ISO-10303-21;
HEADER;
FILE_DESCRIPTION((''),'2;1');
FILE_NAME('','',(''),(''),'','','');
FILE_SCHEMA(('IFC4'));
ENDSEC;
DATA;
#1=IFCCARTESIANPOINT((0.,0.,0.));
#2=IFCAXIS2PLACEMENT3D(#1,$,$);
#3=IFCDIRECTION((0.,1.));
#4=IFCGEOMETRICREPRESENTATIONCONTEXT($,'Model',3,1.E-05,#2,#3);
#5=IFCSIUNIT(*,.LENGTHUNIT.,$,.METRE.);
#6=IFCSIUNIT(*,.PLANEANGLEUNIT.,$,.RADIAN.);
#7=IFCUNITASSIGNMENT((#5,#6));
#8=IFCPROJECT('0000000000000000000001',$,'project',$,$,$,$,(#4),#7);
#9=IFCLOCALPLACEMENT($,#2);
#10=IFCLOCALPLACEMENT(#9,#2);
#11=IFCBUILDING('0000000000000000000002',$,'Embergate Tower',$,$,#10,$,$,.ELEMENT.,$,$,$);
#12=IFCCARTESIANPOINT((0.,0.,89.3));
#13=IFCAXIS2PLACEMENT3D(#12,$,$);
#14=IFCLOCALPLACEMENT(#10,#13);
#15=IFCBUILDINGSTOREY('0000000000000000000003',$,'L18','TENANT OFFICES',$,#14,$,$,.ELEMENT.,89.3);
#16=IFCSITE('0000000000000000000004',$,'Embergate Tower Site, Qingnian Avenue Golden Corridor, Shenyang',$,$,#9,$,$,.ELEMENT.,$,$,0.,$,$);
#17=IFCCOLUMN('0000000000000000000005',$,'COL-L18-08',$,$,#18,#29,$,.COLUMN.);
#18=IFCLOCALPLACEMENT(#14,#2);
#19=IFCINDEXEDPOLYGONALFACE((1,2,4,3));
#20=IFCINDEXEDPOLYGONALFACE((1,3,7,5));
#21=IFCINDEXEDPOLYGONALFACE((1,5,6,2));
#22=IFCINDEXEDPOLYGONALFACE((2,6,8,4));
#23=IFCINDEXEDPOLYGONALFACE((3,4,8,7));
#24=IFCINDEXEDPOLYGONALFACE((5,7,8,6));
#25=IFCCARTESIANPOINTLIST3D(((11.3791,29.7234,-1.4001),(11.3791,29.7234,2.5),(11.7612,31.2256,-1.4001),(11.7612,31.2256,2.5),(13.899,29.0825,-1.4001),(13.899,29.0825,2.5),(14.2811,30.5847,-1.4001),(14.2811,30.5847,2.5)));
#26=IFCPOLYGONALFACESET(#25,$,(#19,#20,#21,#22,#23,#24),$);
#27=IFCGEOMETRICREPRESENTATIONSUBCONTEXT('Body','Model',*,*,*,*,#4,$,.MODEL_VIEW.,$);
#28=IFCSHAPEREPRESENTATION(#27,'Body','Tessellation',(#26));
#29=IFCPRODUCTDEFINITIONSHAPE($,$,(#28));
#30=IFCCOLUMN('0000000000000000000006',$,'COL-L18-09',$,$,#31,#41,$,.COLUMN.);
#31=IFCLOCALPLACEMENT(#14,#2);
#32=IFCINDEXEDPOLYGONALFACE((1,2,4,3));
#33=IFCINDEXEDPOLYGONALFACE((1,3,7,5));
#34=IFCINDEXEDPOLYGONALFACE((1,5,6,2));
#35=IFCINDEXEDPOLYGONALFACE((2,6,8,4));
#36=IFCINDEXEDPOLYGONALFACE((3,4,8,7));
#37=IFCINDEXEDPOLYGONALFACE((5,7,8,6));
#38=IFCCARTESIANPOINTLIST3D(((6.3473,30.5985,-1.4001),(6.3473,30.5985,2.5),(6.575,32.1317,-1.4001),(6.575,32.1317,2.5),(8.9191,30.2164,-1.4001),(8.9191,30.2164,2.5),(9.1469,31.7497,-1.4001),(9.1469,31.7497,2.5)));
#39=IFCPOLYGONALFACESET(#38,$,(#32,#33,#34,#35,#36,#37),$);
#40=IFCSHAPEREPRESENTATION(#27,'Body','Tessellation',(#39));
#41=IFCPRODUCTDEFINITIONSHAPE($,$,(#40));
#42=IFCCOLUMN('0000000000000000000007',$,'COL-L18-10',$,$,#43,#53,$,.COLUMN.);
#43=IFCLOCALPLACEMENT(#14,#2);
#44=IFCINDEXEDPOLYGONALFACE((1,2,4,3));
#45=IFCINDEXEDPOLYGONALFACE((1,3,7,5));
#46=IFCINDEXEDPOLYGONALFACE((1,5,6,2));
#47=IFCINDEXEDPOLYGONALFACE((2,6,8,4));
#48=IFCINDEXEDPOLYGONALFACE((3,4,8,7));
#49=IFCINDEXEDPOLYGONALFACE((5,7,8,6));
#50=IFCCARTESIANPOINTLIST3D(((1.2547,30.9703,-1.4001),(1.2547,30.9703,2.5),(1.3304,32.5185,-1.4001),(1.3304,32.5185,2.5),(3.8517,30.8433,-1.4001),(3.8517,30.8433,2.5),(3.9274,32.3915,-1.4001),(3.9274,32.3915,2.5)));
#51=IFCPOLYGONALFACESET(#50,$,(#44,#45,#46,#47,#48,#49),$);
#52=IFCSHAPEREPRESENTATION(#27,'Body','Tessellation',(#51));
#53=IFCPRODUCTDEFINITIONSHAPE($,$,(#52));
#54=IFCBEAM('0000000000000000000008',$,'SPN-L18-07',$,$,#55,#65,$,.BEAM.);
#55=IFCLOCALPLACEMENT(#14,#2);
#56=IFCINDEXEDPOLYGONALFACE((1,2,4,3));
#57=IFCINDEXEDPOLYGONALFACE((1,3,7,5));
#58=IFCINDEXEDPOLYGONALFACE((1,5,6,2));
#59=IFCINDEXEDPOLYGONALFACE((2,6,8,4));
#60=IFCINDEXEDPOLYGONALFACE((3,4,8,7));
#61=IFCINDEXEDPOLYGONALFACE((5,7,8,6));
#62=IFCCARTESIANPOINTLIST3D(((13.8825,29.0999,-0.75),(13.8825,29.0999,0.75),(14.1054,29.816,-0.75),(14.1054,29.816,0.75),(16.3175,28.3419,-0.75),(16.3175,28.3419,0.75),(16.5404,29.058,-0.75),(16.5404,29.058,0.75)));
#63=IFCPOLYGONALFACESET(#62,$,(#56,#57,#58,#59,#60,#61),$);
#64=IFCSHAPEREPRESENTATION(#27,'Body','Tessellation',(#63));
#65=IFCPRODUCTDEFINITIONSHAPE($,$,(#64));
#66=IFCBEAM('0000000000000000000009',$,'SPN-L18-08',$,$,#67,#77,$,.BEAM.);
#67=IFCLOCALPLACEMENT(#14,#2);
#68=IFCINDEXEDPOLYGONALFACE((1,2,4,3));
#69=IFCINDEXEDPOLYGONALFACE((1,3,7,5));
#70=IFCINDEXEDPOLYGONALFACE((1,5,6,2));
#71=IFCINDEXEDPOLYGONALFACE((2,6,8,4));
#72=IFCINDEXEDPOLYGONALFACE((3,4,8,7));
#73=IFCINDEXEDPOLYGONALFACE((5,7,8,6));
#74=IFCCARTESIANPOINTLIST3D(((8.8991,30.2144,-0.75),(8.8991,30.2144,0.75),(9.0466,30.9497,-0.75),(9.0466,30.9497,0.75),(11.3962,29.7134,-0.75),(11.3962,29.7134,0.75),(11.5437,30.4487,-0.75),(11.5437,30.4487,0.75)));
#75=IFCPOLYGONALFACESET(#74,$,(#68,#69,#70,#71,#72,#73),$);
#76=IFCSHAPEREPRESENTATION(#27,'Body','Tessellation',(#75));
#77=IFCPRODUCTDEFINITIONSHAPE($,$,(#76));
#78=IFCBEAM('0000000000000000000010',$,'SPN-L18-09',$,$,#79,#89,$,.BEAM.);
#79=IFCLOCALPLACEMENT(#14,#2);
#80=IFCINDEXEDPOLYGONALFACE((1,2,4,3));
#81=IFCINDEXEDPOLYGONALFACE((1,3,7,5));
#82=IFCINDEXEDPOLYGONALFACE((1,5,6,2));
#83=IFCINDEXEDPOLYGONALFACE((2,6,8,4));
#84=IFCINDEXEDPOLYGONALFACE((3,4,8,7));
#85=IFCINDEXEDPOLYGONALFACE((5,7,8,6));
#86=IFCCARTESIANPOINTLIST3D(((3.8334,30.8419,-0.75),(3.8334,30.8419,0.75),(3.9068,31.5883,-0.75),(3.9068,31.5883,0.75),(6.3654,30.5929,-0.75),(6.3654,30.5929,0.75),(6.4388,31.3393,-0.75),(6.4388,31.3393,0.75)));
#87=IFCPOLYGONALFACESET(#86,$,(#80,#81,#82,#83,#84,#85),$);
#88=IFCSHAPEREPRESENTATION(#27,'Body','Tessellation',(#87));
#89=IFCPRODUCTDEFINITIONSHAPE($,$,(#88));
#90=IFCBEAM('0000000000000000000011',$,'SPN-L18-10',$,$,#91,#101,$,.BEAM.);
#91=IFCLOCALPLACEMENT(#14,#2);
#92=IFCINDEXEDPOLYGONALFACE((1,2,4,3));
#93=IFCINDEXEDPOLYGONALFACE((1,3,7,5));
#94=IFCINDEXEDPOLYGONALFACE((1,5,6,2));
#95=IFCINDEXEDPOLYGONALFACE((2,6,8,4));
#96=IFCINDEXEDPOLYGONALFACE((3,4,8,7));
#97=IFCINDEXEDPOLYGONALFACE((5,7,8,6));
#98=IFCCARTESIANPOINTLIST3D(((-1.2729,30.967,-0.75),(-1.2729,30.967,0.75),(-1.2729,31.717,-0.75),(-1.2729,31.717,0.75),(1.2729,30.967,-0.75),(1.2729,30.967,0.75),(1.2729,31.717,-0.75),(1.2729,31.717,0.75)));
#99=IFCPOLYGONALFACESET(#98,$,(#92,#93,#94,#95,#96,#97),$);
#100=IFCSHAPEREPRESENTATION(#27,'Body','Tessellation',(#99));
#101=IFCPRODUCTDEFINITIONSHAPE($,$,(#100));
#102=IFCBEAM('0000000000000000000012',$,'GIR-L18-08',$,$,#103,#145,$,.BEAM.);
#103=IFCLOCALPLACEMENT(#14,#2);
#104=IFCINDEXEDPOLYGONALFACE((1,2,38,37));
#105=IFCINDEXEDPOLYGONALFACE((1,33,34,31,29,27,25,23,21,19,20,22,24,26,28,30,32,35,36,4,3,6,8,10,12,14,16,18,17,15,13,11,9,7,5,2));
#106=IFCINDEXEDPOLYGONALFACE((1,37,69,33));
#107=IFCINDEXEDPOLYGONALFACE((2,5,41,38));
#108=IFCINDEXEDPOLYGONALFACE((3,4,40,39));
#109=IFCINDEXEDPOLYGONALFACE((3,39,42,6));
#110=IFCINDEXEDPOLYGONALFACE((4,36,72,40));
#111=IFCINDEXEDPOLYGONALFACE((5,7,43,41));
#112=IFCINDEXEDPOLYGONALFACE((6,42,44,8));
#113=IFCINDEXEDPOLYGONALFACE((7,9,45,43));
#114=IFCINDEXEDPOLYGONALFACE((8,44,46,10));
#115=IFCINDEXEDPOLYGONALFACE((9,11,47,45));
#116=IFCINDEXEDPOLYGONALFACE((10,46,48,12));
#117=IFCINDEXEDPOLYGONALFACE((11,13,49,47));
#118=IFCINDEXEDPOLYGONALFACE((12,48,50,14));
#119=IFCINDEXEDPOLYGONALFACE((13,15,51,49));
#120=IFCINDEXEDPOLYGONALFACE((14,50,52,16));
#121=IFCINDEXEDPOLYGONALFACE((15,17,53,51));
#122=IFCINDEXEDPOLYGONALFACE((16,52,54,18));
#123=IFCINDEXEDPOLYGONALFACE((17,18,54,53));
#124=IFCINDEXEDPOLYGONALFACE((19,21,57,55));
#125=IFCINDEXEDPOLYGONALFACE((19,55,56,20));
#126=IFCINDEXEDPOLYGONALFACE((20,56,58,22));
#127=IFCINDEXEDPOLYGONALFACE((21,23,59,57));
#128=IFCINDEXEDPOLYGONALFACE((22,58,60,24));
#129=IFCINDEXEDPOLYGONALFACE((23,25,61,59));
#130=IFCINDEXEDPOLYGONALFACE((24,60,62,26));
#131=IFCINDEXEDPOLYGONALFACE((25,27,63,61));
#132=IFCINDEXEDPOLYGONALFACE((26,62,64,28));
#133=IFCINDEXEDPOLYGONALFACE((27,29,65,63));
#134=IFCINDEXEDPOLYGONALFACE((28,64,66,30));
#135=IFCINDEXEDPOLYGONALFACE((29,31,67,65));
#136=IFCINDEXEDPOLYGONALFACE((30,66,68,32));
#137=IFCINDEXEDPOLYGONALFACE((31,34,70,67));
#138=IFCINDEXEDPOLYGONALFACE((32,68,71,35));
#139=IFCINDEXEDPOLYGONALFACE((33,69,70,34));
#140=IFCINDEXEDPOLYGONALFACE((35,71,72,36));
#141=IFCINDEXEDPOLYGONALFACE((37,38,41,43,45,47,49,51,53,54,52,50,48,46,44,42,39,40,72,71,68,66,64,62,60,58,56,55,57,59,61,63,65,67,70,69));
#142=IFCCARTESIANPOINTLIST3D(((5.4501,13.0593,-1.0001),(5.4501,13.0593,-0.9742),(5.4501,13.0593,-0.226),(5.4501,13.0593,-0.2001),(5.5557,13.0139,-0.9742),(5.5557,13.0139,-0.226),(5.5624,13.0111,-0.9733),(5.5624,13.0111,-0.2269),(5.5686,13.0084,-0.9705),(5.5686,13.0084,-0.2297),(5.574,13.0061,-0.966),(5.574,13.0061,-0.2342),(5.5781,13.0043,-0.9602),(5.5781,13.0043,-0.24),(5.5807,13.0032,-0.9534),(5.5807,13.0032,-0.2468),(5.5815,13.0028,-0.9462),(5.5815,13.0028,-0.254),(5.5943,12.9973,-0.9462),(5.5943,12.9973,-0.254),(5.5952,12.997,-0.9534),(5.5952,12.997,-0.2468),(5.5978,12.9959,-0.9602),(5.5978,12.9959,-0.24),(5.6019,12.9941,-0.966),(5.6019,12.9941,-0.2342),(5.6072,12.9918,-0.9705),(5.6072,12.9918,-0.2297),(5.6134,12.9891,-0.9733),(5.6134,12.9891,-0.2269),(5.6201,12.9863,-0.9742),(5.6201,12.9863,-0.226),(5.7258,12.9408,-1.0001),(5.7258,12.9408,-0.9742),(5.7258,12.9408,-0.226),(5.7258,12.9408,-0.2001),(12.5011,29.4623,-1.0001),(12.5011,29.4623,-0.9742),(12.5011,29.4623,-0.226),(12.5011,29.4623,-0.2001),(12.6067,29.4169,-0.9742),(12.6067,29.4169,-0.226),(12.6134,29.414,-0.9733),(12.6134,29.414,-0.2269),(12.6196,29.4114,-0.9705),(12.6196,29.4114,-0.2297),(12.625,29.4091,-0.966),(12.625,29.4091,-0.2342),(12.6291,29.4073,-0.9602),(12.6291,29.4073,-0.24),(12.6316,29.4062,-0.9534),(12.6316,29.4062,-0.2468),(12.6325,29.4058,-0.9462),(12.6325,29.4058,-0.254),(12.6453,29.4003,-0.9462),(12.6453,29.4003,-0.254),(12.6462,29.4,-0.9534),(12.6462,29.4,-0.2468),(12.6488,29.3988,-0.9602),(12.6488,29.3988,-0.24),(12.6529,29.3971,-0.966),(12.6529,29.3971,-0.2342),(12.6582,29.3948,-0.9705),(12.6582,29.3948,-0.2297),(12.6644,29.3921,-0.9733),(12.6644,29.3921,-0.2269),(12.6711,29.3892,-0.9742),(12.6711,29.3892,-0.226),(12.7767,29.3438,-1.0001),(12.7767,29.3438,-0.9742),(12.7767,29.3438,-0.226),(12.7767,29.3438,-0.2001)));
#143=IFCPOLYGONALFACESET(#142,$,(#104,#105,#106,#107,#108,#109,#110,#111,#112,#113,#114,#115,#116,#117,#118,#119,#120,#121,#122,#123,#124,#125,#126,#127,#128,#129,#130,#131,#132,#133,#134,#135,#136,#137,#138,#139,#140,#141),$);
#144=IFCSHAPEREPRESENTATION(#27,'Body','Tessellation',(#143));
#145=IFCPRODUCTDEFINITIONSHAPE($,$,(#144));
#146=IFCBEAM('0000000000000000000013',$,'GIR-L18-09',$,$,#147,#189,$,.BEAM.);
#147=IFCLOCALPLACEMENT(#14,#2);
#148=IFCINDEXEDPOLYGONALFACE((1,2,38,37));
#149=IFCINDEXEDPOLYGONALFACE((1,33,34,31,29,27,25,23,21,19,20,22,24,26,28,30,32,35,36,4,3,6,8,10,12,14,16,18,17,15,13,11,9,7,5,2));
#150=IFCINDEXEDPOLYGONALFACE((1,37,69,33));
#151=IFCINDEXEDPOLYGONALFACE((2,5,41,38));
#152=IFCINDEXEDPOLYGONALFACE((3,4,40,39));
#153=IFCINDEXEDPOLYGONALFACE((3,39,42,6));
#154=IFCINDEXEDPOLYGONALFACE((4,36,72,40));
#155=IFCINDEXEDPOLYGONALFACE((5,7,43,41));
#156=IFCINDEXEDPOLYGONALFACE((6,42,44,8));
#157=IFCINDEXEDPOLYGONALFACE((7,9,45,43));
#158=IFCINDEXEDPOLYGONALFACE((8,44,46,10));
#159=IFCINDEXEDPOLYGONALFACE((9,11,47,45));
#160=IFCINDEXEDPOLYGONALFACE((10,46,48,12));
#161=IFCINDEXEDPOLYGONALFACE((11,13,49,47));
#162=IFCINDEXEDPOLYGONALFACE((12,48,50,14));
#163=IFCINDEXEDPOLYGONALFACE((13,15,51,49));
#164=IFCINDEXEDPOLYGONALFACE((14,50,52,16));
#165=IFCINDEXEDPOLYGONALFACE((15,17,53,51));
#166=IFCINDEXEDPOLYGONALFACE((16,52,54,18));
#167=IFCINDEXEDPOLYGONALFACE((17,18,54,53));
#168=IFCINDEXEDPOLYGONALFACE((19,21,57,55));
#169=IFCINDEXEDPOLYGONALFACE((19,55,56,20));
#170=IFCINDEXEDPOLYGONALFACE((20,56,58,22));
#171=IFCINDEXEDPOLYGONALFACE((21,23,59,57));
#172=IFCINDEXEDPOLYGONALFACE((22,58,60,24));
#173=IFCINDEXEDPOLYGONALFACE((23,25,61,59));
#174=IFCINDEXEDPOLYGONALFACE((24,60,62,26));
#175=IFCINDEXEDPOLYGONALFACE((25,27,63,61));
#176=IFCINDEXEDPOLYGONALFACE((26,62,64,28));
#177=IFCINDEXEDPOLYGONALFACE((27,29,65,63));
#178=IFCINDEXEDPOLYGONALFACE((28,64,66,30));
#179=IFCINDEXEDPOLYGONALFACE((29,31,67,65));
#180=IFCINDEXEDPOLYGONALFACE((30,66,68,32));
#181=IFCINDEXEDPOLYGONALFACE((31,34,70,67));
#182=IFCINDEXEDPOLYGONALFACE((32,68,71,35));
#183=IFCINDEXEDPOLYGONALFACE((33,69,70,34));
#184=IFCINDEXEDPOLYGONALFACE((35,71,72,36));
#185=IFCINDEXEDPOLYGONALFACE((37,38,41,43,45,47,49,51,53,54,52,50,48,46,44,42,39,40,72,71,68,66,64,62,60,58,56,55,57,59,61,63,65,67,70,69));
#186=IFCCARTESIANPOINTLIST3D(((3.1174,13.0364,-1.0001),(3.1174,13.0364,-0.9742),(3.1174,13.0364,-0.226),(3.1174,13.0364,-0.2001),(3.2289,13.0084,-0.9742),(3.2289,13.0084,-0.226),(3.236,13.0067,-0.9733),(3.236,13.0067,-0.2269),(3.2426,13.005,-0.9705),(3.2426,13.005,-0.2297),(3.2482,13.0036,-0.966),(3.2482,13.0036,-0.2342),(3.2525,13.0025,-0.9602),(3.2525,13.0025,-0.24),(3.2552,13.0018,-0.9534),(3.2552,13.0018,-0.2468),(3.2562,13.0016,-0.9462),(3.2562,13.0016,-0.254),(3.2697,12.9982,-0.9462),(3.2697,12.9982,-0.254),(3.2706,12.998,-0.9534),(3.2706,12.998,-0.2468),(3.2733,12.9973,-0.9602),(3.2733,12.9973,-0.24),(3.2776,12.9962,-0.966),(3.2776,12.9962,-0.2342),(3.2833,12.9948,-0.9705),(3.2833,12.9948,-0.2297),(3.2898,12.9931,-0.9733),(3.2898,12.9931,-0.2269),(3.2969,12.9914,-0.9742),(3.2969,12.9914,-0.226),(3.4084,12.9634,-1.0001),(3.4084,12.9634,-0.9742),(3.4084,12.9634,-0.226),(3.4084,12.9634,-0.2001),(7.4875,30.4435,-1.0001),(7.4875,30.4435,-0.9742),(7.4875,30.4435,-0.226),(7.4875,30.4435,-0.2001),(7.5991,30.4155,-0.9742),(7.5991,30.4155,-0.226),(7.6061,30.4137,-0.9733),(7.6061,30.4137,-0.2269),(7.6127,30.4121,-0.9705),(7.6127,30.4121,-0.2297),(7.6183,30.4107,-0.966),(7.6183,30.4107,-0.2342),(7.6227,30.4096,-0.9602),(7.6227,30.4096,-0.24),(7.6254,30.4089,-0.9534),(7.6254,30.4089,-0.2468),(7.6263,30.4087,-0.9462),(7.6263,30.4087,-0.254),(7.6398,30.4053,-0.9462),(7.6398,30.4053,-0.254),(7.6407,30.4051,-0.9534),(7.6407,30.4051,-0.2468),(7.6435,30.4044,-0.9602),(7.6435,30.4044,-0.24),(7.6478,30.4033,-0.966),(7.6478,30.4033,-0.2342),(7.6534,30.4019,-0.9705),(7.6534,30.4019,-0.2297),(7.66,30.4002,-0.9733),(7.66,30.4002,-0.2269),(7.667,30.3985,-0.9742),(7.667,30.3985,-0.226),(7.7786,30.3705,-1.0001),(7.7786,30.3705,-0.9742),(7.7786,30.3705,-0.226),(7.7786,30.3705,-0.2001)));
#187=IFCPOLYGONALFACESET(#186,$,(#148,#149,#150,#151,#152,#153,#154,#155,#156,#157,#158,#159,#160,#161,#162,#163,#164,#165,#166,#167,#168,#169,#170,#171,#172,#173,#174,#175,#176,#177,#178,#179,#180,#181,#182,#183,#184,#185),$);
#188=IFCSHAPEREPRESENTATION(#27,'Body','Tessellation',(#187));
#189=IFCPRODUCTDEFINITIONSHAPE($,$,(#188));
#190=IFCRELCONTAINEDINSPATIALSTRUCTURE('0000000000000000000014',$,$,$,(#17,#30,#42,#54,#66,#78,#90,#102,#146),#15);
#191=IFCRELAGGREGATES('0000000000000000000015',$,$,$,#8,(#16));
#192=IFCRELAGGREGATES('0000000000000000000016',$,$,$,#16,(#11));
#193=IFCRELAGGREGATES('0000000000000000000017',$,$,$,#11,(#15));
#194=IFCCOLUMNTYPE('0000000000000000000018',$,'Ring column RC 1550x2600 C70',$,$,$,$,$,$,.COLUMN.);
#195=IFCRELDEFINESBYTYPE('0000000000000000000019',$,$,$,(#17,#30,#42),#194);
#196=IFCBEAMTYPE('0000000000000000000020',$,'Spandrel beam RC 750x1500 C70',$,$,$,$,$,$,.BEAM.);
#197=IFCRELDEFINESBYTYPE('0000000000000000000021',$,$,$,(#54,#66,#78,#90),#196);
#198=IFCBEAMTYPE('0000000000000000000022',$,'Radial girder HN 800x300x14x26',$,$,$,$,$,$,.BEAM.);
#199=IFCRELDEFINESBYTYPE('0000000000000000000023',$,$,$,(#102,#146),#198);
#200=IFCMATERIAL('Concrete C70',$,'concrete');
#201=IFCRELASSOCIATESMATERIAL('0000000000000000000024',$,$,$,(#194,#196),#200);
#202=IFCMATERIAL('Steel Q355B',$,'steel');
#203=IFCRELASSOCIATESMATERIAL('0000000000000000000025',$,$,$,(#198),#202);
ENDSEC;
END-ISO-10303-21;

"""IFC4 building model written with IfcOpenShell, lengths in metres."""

from ifc_helpers import new_model, si_unit, direction, frame, origin, origin_2d, place, context, subcontext, project, spatial, rectangle, i_section, extrude, source, transform, mapped, material, material_profile, profile_set, type_object, element, save


model = new_model("IFC4")

# Units and contexts
model_context = context("Model", 3, precision=1e-05, world=origin(), true_north=direction((0.0, 1.0)))
body_context = subcontext(model_context, "Body", "Model", "MODEL_VIEW")
ifc_project = project(units=[si_unit("LENGTHUNIT", "METRE"), si_unit("PLANEANGLEUNIT", "RADIAN")], contexts=[model_context])

# Site, building, storey
site_placement = place(None, origin())
site = spatial("IfcSite", under=ifc_project, at=site_placement, Name="Embergate Tower Site, Qingnian Avenue Golden Corridor, Shenyang", CompositionType="ELEMENT", RefElevation=0.0)
building_placement = place(site_placement, origin())
building = spatial("IfcBuilding", under=site, at=building_placement, Name="Embergate Tower", CompositionType="ELEMENT")
storey_placement = place(building_placement, frame((0.0, 0.0, 89.3)))
storey = spatial("IfcBuildingStorey", under=building, at=storey_placement, Name="L18", Description="TENANT OFFICES", CompositionType="ELEMENT", Elevation=89.3)

# Columns
ifc_material_1 = material(Name="Concrete C70", Category="concrete")
ifc_material_profile_1 = material_profile(ifc_material_1, rectangle(XDim=1.55, YDim=2.6001, at=origin_2d()), Name="RC 1550x2600")
ifc_profile_set_1 = profile_set([ifc_material_profile_1], Name="Concrete C70")
column_type = type_object("IfcColumnType", Name="Ring column RC 1550x2600 C70", PredefinedType="COLUMN", material=ifc_profile_set_1)
shared_shape_1 = source(origin(), body_context, "Body", "SweptSolid", [
    extrude(rectangle(XDim=1.55, YDim=2.6001, at=origin_2d()), origin(), (0.0, 0.0, 1.0), 3.9001),
])
for number, where, z_axis, x_axis, name in (
    (1, (12.8301, 30.1541, -1.4001), (0.0, 0.0, 1.0), (0.246492, 0.969145, 0.0), "COL-L18-08"),
    (2, (7.7471, 31.1741, -1.4001), (0.0, 0.0, 1.0), (0.146929, 0.989147, 0.0), "COL-L18-09"),
    (3, (2.5911, 31.6809, -1.4001), (0.0, 0.0, 1.0), (0.048815, 0.998808, 0.0), "COL-L18-10"),
):
    element("IfcColumn", number, at=place(storey_placement, frame(where, z_axis=z_axis, x_axis=x_axis)), inside=storey, type_object=column_type, Name=name, PredefinedType="COLUMN", context=body_context, shape_type="MappedRepresentation", body=[
        mapped(shared_shape_1, transform((0.0, 0.0, 0.0))),
    ])

# Beams
ifc_material_profile_2 = material_profile(ifc_material_1, rectangle(XDim=0.75, YDim=1.5, at=origin_2d()), Name="RC 750x1500")
ifc_profile_set_2 = profile_set([ifc_material_profile_2], Name="Concrete C70")
beam_type_1 = type_object("IfcBeamType", Name="Spandrel beam RC 750x1500 C70", PredefinedType="BEAM", material=ifc_profile_set_2)
shared_shape_2 = source(origin(), body_context, "Body", "SweptSolid", [
    extrude(rectangle(XDim=0.75, YDim=1.5, at=origin_2d()), origin(), (0.0, 0.0, 1.0), 2.5503),
])
beam_1_placement = place(storey_placement, frame((16.429, 28.7, 0.0), z_axis=(-0.954803, 0.297239, 0.0), x_axis=(-0.297239, -0.954803, 0.0)))
element("IfcBeam", 4, at=beam_1_placement, inside=storey, type_object=beam_type_1, Name="SPN-L18-07", PredefinedType="BEAM", context=body_context, shape_type="MappedRepresentation", body=[
    mapped(shared_shape_2, transform((0.0, 0.0, 0.0))),
])
shared_shape_3 = source(origin(), body_context, "Body", "SweptSolid", [
    extrude(rectangle(XDim=0.75, YDim=1.5, at=origin_2d()), origin(), (0.0, 0.0, 1.0), 2.5469),
])
beam_2_placement = place(storey_placement, frame((11.47, 30.0811, 0.0), z_axis=(-0.980463, 0.196706, 0.0), x_axis=(-0.196706, -0.980463, 0.0)))
element("IfcBeam", 5, at=beam_2_placement, inside=storey, type_object=beam_type_1, Name="SPN-L18-08", PredefinedType="BEAM", context=body_context, shape_type="MappedRepresentation", body=[
    mapped(shared_shape_3, transform((0.0, 0.0, 0.0))),
])
shared_shape_4 = source(origin(), body_context, "Body", "SweptSolid", [
    extrude(rectangle(XDim=0.75, YDim=1.5, at=origin_2d()), origin(), (0.0, 0.0, 1.0), 2.5442),
])
beam_3_placement = place(storey_placement, frame((6.4021, 30.9661, 0.0), z_axis=(-0.995198, 0.097879, 0.0), x_axis=(-0.097879, -0.995198, 0.0)))
element("IfcBeam", 6, at=beam_3_placement, inside=storey, type_object=beam_type_1, Name="SPN-L18-09", PredefinedType="BEAM", context=body_context, shape_type="MappedRepresentation", body=[
    mapped(shared_shape_4, transform((0.0, 0.0, 0.0))),
])
shared_shape_5 = source(origin(), body_context, "Body", "SweptSolid", [
    extrude(rectangle(XDim=0.75, YDim=1.5, at=origin_2d()), origin(), (0.0, 0.0, 1.0), 2.5459),
])
beam_4_placement = place(storey_placement, frame((1.2729, 31.342, 0.0), z_axis=(-1.0, 0.0, 0.0), x_axis=(0.0, -1.0, 0.0)))
element("IfcBeam", 7, at=beam_4_placement, inside=storey, type_object=beam_type_1, Name="SPN-L18-10", PredefinedType="BEAM", context=body_context, shape_type="MappedRepresentation", body=[
    mapped(shared_shape_5, transform((0.0, 0.0, 0.0))),
])
ifc_material_2 = material(Name="Steel Q355B", Category="steel")
ifc_material_profile_3 = material_profile(ifc_material_2, i_section(OverallWidth=0.3, OverallDepth=0.8, WebThickness=0.0139, FlangeThickness=0.0259, FilletRadius=0.0281, at=origin_2d()), Name="HN 800x300x14x26")
ifc_profile_set_3 = profile_set([ifc_material_profile_3], Name="Steel Q355 grade B")
beam_type_2 = type_object("IfcBeamType", Name="Radial girder HN 800x300x14x26", PredefinedType="BEAM", material=ifc_profile_set_3)
shared_shape_6 = source(origin(), body_context, "Body", "SweptSolid", [
    extrude(i_section(OverallWidth=0.3, OverallDepth=0.8, WebThickness=0.0139, FlangeThickness=0.0259, FilletRadius=0.0281, at=origin_2d()), origin(), (0.0, 0.0, 1.0), 17.8542),
])
beam_5_placement = place(storey_placement, frame((12.6389, 29.4031, -0.6001), z_axis=(-0.394919, -0.918716, 0.0), x_axis=(0.918716, -0.394919, 0.0)))
element("IfcBeam", 8, at=beam_5_placement, inside=storey, type_object=beam_type_2, Name="GIR-L18-08", PredefinedType="BEAM", context=body_context, shape_type="MappedRepresentation", body=[
    mapped(shared_shape_6, transform((0.0, 0.0, 0.0))),
])
shared_shape_7 = source(origin(), body_context, "Body", "SweptSolid", [
    extrude(i_section(OverallWidth=0.3, OverallDepth=0.8, WebThickness=0.0139, FlangeThickness=0.0259, FilletRadius=0.0281, at=origin_2d()), origin(), (0.0, 0.0, 1.0), 17.9473),
])
beam_6_placement = place(storey_placement, frame((7.6331, 30.407, -0.6001), z_axis=(-0.243499, -0.969901, 0.0), x_axis=(0.969901, -0.243499, 0.0)))
element("IfcBeam", 9, at=beam_6_placement, inside=storey, type_object=beam_type_2, Name="GIR-L18-09", PredefinedType="BEAM", context=body_context, shape_type="MappedRepresentation", body=[
    mapped(shared_shape_7, transform((0.0, 0.0, 0.0))),
])

save(model, "model.ifc")
